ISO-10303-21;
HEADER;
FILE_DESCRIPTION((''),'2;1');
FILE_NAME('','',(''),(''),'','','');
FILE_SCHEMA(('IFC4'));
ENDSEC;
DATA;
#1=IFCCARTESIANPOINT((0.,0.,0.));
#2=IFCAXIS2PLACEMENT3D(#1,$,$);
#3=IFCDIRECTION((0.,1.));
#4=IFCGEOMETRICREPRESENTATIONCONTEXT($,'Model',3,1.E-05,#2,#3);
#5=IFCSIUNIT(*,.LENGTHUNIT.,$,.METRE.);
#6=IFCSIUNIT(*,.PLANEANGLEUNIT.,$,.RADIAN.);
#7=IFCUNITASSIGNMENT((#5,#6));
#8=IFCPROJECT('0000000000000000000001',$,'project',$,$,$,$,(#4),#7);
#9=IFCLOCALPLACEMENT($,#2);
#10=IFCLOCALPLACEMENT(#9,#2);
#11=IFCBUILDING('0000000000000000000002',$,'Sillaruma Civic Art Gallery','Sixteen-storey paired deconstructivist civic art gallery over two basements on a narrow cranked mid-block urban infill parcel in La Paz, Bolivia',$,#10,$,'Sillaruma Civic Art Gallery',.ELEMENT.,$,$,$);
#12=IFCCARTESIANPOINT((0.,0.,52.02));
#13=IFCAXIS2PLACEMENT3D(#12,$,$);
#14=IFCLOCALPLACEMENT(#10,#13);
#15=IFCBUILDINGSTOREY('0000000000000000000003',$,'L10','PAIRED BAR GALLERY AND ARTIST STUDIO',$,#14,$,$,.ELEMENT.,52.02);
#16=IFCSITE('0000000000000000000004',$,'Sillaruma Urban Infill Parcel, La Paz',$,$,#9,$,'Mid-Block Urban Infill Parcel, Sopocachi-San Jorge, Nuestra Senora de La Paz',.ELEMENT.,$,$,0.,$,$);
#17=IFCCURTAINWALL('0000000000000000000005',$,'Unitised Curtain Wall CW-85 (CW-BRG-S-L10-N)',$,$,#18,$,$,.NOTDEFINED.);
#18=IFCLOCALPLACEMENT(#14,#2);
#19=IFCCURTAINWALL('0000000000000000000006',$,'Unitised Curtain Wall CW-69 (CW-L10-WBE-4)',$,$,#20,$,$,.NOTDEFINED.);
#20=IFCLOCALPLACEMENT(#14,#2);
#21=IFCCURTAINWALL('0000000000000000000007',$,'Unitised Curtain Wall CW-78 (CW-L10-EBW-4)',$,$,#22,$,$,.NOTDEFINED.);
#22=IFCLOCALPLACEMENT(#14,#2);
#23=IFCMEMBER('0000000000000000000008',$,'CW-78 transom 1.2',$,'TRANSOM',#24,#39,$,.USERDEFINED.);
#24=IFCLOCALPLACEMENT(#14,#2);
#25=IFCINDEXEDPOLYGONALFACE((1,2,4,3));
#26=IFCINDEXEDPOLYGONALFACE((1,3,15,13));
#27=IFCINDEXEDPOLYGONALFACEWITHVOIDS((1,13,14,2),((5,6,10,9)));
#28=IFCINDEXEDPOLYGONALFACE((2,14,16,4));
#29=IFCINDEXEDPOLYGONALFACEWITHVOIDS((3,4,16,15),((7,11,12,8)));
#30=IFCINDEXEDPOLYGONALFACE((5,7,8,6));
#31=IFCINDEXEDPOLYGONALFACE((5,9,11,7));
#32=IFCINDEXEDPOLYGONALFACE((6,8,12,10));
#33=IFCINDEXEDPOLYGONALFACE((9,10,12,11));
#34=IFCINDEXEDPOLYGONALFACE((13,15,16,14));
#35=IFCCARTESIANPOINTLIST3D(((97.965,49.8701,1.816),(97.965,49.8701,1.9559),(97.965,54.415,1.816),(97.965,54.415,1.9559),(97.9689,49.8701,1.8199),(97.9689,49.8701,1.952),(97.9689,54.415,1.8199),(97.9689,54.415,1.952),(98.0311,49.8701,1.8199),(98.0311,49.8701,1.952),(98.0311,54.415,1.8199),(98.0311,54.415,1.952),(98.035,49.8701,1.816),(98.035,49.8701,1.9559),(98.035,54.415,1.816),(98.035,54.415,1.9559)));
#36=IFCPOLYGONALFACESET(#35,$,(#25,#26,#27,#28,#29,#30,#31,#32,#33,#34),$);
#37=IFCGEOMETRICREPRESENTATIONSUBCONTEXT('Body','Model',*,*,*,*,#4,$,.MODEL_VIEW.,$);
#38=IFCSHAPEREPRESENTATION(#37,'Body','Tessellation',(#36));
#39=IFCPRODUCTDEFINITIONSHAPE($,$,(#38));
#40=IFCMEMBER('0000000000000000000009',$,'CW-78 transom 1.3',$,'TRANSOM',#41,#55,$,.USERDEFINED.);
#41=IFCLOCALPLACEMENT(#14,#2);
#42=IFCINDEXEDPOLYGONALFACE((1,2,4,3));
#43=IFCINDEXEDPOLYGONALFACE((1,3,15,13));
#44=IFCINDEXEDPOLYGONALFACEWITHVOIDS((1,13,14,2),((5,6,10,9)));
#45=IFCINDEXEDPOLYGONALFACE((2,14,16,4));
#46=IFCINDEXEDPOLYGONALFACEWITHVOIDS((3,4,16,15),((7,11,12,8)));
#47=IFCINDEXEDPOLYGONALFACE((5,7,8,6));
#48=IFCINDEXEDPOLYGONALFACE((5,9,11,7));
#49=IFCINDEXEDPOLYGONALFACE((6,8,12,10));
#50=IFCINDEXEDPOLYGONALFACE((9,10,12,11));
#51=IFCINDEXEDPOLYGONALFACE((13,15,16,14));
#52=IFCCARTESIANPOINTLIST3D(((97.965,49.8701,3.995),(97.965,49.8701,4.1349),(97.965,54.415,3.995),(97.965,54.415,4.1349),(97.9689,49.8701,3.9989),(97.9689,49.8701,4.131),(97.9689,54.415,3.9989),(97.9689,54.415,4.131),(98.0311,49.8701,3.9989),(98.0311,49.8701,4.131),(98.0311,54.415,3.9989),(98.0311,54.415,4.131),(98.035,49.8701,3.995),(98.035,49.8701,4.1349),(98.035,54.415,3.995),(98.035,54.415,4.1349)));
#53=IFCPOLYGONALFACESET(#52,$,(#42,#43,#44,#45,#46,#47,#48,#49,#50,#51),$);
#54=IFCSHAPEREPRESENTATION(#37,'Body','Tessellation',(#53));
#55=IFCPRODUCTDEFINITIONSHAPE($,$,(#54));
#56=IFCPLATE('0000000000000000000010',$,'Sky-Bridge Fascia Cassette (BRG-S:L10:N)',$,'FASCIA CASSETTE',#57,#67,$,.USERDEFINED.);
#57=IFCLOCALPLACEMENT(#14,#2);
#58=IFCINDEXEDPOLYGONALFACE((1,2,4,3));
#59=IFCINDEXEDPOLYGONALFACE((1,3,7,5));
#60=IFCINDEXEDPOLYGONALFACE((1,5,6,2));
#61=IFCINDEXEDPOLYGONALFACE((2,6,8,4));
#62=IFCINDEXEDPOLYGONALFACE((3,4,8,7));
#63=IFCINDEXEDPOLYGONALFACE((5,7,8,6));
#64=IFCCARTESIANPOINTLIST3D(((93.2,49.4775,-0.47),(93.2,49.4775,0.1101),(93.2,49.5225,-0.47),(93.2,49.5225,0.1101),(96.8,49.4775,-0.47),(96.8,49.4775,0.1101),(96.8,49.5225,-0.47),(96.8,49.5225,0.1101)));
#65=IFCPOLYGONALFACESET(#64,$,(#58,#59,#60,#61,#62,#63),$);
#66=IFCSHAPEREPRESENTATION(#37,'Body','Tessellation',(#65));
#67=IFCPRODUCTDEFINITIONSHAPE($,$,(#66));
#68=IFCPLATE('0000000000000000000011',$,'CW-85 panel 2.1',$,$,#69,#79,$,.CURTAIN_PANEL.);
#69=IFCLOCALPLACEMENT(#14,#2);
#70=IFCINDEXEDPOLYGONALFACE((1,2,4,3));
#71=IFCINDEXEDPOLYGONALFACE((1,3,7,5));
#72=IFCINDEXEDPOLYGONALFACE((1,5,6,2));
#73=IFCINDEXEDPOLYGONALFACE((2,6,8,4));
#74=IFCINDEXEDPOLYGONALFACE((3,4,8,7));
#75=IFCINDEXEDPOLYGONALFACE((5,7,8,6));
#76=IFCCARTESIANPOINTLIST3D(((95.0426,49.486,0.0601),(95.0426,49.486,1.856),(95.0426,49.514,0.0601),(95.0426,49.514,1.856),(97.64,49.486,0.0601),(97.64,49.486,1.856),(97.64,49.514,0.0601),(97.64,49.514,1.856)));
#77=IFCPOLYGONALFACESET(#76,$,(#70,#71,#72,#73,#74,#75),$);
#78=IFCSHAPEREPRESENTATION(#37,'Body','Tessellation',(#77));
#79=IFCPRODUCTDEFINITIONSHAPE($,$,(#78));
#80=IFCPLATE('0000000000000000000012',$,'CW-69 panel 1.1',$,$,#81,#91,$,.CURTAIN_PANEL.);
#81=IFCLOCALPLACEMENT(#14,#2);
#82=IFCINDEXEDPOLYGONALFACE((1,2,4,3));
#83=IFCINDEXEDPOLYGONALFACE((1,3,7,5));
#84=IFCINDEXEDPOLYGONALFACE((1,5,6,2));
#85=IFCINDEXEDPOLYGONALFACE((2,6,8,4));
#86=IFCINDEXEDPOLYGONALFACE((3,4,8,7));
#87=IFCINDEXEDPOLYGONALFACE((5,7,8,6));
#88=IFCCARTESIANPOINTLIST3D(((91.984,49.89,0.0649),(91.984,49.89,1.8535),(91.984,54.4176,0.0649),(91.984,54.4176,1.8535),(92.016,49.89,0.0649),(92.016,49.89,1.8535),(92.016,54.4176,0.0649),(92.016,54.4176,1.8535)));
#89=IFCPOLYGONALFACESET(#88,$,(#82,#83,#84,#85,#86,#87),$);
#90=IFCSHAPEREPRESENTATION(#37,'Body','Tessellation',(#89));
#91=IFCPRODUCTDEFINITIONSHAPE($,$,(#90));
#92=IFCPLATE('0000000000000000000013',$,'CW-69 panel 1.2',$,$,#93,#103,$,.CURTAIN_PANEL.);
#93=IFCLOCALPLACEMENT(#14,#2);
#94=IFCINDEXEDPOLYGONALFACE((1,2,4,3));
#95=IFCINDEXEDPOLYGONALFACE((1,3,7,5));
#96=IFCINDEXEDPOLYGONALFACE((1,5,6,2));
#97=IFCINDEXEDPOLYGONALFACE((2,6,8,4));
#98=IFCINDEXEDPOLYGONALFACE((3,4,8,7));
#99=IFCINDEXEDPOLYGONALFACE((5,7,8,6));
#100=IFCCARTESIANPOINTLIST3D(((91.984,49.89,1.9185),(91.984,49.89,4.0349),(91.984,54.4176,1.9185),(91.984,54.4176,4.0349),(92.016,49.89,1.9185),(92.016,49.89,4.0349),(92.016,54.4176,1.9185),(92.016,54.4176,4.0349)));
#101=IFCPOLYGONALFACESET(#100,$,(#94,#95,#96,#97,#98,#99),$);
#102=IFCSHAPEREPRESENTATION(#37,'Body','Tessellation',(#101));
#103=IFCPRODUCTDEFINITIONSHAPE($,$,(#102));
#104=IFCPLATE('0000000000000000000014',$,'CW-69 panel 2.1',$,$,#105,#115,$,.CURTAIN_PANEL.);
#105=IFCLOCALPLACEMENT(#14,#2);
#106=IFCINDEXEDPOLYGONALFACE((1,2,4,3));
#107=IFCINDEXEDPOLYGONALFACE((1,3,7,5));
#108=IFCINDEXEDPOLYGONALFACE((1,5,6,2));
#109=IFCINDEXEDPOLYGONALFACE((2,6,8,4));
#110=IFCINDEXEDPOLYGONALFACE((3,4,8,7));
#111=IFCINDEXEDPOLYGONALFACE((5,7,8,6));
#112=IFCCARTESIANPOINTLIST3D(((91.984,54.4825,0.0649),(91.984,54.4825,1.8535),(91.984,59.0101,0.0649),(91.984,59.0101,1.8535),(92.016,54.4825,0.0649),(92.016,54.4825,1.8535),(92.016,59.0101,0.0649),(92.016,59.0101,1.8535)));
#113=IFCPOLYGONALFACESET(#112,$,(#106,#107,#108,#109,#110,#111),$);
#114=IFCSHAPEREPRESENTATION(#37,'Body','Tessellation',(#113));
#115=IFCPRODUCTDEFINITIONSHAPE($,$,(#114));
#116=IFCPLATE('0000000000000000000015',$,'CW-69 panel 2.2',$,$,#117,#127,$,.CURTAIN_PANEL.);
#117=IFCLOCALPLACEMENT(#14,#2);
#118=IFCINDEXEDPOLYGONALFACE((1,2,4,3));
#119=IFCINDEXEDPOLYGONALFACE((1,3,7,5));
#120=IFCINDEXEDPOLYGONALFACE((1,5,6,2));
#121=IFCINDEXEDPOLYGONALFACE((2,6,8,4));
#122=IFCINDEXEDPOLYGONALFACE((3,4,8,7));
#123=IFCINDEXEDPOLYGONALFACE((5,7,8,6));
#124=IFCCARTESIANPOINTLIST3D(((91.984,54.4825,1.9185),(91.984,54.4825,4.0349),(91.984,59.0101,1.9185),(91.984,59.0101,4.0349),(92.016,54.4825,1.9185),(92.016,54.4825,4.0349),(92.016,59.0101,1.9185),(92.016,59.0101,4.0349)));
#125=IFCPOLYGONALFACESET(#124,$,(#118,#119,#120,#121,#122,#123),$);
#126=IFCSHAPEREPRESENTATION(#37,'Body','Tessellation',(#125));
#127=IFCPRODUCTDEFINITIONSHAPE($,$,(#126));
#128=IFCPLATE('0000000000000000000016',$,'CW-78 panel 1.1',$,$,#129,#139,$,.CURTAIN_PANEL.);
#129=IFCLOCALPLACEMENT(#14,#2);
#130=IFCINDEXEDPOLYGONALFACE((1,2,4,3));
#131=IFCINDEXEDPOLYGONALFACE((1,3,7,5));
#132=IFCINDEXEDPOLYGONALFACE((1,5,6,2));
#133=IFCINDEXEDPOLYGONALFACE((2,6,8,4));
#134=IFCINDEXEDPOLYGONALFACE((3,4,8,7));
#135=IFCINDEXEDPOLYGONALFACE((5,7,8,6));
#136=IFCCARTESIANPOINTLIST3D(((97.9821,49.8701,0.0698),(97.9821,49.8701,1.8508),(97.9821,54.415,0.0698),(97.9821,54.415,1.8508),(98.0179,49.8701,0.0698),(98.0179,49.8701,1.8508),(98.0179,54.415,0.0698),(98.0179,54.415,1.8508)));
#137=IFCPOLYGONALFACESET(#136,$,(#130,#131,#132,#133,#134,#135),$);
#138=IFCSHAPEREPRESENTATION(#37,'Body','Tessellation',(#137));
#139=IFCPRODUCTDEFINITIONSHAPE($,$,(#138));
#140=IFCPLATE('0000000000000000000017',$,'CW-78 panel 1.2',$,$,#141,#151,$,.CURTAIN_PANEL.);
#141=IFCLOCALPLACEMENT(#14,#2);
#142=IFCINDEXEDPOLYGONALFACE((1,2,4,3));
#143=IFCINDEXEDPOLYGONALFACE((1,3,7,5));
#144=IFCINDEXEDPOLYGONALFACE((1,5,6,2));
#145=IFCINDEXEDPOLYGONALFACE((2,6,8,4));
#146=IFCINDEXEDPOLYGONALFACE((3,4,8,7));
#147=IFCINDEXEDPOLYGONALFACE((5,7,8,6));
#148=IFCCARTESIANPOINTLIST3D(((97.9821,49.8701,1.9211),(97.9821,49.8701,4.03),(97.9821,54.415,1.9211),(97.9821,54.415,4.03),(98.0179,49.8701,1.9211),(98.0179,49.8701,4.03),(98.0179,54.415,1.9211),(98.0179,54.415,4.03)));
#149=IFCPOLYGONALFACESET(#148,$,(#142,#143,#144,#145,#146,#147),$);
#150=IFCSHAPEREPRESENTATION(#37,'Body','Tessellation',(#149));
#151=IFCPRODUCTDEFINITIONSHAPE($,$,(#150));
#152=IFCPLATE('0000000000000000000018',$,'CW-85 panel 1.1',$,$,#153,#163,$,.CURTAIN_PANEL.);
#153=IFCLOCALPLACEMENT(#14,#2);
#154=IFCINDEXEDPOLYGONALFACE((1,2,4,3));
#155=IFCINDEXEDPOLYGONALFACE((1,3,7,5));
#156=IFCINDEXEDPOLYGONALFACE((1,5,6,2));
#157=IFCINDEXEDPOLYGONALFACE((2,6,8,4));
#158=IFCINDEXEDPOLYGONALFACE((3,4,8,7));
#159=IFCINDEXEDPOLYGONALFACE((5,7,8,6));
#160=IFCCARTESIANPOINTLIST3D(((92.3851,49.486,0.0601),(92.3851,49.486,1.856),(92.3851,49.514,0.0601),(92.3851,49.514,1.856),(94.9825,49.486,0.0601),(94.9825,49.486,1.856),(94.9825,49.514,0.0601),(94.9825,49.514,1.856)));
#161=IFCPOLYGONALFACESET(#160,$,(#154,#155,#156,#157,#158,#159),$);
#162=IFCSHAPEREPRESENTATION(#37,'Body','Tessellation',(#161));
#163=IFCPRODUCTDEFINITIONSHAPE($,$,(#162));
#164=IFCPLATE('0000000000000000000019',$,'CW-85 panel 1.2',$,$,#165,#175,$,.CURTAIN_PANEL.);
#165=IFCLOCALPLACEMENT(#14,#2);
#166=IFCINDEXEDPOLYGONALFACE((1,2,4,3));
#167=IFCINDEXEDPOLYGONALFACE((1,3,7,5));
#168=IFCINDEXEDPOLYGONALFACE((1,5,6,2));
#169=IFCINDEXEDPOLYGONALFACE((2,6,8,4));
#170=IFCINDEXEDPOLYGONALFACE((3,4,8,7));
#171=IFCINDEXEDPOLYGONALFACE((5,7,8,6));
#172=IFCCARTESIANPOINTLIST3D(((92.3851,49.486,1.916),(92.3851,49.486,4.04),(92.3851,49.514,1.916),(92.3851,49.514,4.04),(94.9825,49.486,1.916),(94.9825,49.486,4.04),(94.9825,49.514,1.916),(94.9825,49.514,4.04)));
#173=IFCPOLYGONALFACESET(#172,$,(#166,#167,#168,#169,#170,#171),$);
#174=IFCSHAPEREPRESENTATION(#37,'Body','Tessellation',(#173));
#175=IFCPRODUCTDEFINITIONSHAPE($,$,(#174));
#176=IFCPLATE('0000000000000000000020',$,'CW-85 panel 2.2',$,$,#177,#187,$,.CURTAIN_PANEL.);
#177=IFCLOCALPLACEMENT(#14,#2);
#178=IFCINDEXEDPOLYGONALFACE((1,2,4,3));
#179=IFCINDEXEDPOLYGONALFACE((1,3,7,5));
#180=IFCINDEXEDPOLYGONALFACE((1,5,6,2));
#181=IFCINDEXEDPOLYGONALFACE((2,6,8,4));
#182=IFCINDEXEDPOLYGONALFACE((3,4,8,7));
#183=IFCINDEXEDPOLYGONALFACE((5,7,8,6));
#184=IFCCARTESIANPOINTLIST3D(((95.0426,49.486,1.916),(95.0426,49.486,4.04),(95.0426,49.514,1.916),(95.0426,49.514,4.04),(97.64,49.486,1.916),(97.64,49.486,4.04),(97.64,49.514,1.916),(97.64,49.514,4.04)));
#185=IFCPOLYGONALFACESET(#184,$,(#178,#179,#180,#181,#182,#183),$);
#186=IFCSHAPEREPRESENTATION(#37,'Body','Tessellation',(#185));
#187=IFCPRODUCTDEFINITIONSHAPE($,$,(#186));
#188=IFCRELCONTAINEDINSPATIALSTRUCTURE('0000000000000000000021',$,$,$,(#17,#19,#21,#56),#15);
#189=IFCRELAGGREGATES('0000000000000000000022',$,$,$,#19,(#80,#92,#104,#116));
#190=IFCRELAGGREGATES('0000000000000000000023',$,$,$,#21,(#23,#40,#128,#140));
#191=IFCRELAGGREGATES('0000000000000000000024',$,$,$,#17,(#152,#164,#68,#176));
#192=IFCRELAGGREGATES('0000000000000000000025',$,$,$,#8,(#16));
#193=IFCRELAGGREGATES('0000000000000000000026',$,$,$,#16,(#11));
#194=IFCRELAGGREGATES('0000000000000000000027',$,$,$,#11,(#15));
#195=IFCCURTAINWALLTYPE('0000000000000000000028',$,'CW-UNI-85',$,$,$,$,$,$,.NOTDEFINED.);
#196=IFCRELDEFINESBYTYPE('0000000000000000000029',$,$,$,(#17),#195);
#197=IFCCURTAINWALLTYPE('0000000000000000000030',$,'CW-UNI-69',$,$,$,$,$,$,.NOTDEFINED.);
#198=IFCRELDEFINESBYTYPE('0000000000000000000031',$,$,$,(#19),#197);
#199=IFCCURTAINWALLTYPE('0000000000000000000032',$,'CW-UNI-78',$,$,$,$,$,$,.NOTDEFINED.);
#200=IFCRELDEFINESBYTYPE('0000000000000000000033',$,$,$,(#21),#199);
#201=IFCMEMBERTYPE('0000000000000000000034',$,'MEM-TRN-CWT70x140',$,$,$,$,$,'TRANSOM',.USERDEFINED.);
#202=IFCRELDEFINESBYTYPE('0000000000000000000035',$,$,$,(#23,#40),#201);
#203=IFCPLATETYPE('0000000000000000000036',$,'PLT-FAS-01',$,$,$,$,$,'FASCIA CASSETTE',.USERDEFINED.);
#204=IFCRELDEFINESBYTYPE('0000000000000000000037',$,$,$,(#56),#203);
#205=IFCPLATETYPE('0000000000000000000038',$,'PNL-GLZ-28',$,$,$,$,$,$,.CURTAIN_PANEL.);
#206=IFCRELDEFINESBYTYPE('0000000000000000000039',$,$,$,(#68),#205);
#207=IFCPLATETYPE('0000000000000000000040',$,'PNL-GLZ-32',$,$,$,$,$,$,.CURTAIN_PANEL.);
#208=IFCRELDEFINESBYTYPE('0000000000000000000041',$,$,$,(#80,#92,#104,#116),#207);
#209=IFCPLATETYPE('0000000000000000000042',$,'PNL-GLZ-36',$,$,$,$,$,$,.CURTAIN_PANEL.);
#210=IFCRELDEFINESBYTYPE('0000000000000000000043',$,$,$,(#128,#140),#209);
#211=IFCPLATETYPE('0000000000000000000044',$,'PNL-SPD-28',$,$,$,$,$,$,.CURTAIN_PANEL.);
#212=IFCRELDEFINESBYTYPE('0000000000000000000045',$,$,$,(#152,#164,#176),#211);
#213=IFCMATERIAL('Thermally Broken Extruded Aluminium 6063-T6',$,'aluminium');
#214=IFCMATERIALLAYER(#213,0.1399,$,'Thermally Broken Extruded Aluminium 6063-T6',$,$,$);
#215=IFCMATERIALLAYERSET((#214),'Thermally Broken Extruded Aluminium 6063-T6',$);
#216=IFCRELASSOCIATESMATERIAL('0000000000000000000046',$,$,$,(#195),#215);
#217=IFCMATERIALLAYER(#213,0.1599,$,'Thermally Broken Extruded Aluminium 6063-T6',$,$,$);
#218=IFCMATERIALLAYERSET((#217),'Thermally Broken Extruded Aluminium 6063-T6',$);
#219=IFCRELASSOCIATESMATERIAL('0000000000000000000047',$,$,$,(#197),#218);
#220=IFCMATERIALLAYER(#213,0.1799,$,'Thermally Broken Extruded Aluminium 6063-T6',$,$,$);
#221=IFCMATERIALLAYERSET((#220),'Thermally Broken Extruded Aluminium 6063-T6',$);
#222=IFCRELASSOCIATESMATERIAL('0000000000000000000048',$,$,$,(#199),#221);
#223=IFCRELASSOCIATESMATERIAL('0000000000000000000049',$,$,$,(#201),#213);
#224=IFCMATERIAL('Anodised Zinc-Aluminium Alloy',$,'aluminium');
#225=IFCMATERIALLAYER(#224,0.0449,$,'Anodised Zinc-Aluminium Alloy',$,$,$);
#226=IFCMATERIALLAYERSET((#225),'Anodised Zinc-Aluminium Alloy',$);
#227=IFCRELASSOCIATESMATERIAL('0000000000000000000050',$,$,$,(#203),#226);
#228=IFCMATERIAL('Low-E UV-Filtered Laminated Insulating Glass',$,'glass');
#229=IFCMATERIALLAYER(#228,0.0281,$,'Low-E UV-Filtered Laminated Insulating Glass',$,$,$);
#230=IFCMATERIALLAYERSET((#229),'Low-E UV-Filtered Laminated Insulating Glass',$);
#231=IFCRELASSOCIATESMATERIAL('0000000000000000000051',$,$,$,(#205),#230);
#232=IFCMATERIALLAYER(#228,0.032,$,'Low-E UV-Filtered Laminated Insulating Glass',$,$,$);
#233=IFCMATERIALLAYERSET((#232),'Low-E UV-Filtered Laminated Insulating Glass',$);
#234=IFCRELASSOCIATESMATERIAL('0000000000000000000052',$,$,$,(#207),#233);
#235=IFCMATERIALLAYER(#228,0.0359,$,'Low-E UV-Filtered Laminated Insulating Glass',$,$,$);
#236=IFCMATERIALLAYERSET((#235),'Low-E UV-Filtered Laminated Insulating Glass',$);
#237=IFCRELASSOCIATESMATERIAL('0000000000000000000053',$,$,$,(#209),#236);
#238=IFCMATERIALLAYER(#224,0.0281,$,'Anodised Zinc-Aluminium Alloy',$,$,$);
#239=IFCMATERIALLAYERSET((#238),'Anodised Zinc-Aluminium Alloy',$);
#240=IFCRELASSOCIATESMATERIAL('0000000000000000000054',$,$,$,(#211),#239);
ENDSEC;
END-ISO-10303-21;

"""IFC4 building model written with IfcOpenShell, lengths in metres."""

from ifc_helpers import new_model, si_unit, direction, frame, origin, origin_2d, place, context, subcontext, project, spatial, rectangle, hollow_rectangle, extrude, material, layer, layer_set, material_profile, profile_set, type_object, element, aggregate, save


model = new_model("IFC4")

# Units and contexts
model_context = context("Model", 3, precision=1e-05, world=origin(), true_north=direction((0.0, 1.0)))
body_context = subcontext(model_context, "Body", "Model", "MODEL_VIEW")
ifc_project = project(units=[si_unit("LENGTHUNIT", "METRE"), si_unit("PLANEANGLEUNIT", "RADIAN")], contexts=[model_context])

# Site, building, storey
site_placement = place(None, origin())
site = spatial("IfcSite", under=ifc_project, at=site_placement, Name="Sillaruma Urban Infill Parcel, La Paz", LongName="Mid-Block Urban Infill Parcel, Sopocachi-San Jorge, Nuestra Senora de La Paz", CompositionType="ELEMENT", RefElevation=0.0)
building_placement = place(site_placement, origin())
building = spatial("IfcBuilding", under=site, at=building_placement, Name="Sillaruma Civic Art Gallery", Description="Sixteen-storey paired deconstructivist civic art gallery over two basements on a narrow cranked mid-block urban infill parcel in La Paz, Bolivia", LongName="Sillaruma Civic Art Gallery", CompositionType="ELEMENT")
storey_placement = place(building_placement, frame((0.0, 0.0, 52.02)))
storey = spatial("IfcBuildingStorey", under=building, at=storey_placement, Name="L10", Description="PAIRED BAR GALLERY AND ARTIST STUDIO", CompositionType="ELEMENT", Elevation=52.02)

# Curtain walls
ifc_material_1 = material(Name="Thermally Broken Extruded Aluminium 6063-T6", Category="aluminium")
ifc_layer_1 = layer(ifc_material_1, 0.1399, Name="Thermally Broken Extruded Aluminium 6063-T6")
ifc_layer_set_1 = layer_set([ifc_layer_1], Name="Thermally Broken Extruded Aluminium 6063-T6")
curtain_wall_type_1 = type_object("IfcCurtainWallType", Name="CW-UNI-85", PredefinedType="NOTDEFINED", material=ifc_layer_set_1)
curtain_wall_1_placement = place(storey_placement, origin())
curtain_wall_1 = element("IfcCurtainWall", 1, at=curtain_wall_1_placement, inside=storey, type_object=curtain_wall_type_1, Name="Unitised Curtain Wall CW-85 (CW-BRG-S-L10-N)", PredefinedType="NOTDEFINED")
ifc_layer_2 = layer(ifc_material_1, 0.1599, Name="Thermally Broken Extruded Aluminium 6063-T6")
ifc_layer_set_2 = layer_set([ifc_layer_2], Name="Thermally Broken Extruded Aluminium 6063-T6")
curtain_wall_type_2 = type_object("IfcCurtainWallType", Name="CW-UNI-69", PredefinedType="NOTDEFINED", material=ifc_layer_set_2)
curtain_wall_2_placement = place(storey_placement, origin())
curtain_wall_2 = element("IfcCurtainWall", 2, at=curtain_wall_2_placement, inside=storey, type_object=curtain_wall_type_2, Name="Unitised Curtain Wall CW-69 (CW-L10-WBE-4)", PredefinedType="NOTDEFINED")
ifc_layer_3 = layer(ifc_material_1, 0.1799, Name="Thermally Broken Extruded Aluminium 6063-T6")
ifc_layer_set_3 = layer_set([ifc_layer_3], Name="Thermally Broken Extruded Aluminium 6063-T6")
curtain_wall_type_3 = type_object("IfcCurtainWallType", Name="CW-UNI-78", PredefinedType="NOTDEFINED", material=ifc_layer_set_3)
curtain_wall_3_placement = place(storey_placement, origin())
curtain_wall_3 = element("IfcCurtainWall", 3, at=curtain_wall_3_placement, inside=storey, type_object=curtain_wall_type_3, Name="Unitised Curtain Wall CW-78 (CW-L10-EBW-4)", PredefinedType="NOTDEFINED")

# Members
ifc_material_profile_1 = material_profile(ifc_material_1, hollow_rectangle(XDim=0.0701, YDim=0.1399, WallThickness=0.0039, at=origin_2d()), Name="CWT70x140")
ifc_profile_set_1 = profile_set([ifc_material_profile_1], Name="Thermally Broken Extruded Aluminium 6063-T6")
member_type_1 = type_object("IfcMemberType", Name="MEM-TRN-CWT70x140", ElementType="TRANSOM", PredefinedType="USERDEFINED", material=ifc_profile_set_1)
member_1_placement = place(storey_placement, frame((98.0, 49.8701, 1.886), z_axis=(0.0, 1.0, 0.0), x_axis=(-1.0, 0.0, 0.0)))
member_1 = element("IfcMember", 4, at=member_1_placement, type_object=member_type_1, Name="CW-78 transom 1.2", ObjectType="TRANSOM", PredefinedType="USERDEFINED", context=body_context, shape_type="SweptSolid", body=[
    extrude(hollow_rectangle(XDim=0.0701, YDim=0.1399, WallThickness=0.0039, at=origin_2d()), origin(), (0.0, 0.0, 1.0), 4.5449),
])
member_2_placement = place(storey_placement, frame((98.0, 49.8701, 4.0649), z_axis=(0.0, 1.0, 0.0), x_axis=(-1.0, 0.0, 0.0)))
member_2 = element("IfcMember", 5, at=member_2_placement, type_object=member_type_1, Name="CW-78 transom 1.3", ObjectType="TRANSOM", PredefinedType="USERDEFINED", context=body_context, shape_type="SweptSolid", body=[
    extrude(hollow_rectangle(XDim=0.0701, YDim=0.1399, WallThickness=0.0039, at=origin_2d()), origin(), (0.0, 0.0, 1.0), 4.5449),
])

# Plates
ifc_material_2 = material(Name="Anodised Zinc-Aluminium Alloy", Category="aluminium")
ifc_layer_4 = layer(ifc_material_2, 0.0449, Name="Anodised Zinc-Aluminium Alloy")
ifc_layer_set_4 = layer_set([ifc_layer_4], Name="Anodised Zinc-Aluminium Alloy")
plate_type_1 = type_object("IfcPlateType", Name="PLT-FAS-01", ElementType="FASCIA CASSETTE", PredefinedType="USERDEFINED", material=ifc_layer_set_4)
plate_1_placement = place(storey_placement, frame((95.0, 49.5, -0.47), z_axis=(0.0, 0.0, 1.0), x_axis=(1.0, 0.0, 0.0)))
element("IfcPlate", 6, at=plate_1_placement, inside=storey, type_object=plate_type_1, Name="Sky-Bridge Fascia Cassette (BRG-S:L10:N)", ObjectType="FASCIA CASSETTE", PredefinedType="USERDEFINED", context=body_context, shape_type="SweptSolid", body=[
    extrude(rectangle(XDim=3.6001, YDim=0.0449, at=origin_2d()), origin(), (0.0, 0.0, 1.0), 0.5801),
])
ifc_material_3 = material(Name="Low-E UV-Filtered Laminated Insulating Glass", Category="glass")
ifc_layer_5 = layer(ifc_material_3, 0.0281, Name="Low-E UV-Filtered Laminated Insulating Glass")
ifc_layer_set_5 = layer_set([ifc_layer_5], Name="Low-E UV-Filtered Laminated Insulating Glass")
plate_type_2 = type_object("IfcPlateType", Name="PNL-GLZ-28", PredefinedType="CURTAIN_PANEL", material=ifc_layer_set_5)
plate_2_placement = place(storey_placement, frame((96.3413, 49.5, 0.0601), z_axis=(0.0, 0.0, 1.0), x_axis=(1.0, 0.0, 0.0)))
plate_2 = element("IfcPlate", 7, at=plate_2_placement, type_object=plate_type_2, Name="CW-85 panel 2.1", PredefinedType="CURTAIN_PANEL", context=body_context, shape_type="SweptSolid", body=[
    extrude(rectangle(XDim=2.5974, YDim=0.0281, at=origin_2d()), origin(), (0.0, 0.0, 1.0), 1.7959),
])
ifc_layer_6 = layer(ifc_material_3, 0.032, Name="Low-E UV-Filtered Laminated Insulating Glass")
ifc_layer_set_6 = layer_set([ifc_layer_6], Name="Low-E UV-Filtered Laminated Insulating Glass")
plate_type_3 = type_object("IfcPlateType", Name="PNL-GLZ-32", PredefinedType="CURTAIN_PANEL", material=ifc_layer_set_6)
plate_3_placement = place(storey_placement, frame((92.0, 52.1538, 0.0649), z_axis=(0.0, 0.0, 1.0), x_axis=(0.0, 1.0, 0.0)))
plate_3 = element("IfcPlate", 8, at=plate_3_placement, type_object=plate_type_3, Name="CW-69 panel 1.1", PredefinedType="CURTAIN_PANEL", context=body_context, shape_type="SweptSolid", body=[
    extrude(rectangle(XDim=4.5276, YDim=0.032, at=origin_2d()), origin(), (0.0, 0.0, 1.0), 1.7886),
])
plate_4_placement = place(storey_placement, frame((92.0, 52.1538, 1.9185), z_axis=(0.0, 0.0, 1.0), x_axis=(0.0, 1.0, 0.0)))
plate_4 = element("IfcPlate", 9, at=plate_4_placement, type_object=plate_type_3, Name="CW-69 panel 1.2", PredefinedType="CURTAIN_PANEL", context=body_context, shape_type="SweptSolid", body=[
    extrude(rectangle(XDim=4.5276, YDim=0.032, at=origin_2d()), origin(), (0.0, 0.0, 1.0), 2.1165),
])
plate_5_placement = place(storey_placement, frame((92.0, 56.7463, 0.0649), z_axis=(0.0, 0.0, 1.0), x_axis=(0.0, 1.0, 0.0)))
plate_5 = element("IfcPlate", 10, at=plate_5_placement, type_object=plate_type_3, Name="CW-69 panel 2.1", PredefinedType="CURTAIN_PANEL", context=body_context, shape_type="SweptSolid", body=[
    extrude(rectangle(XDim=4.5276, YDim=0.032, at=origin_2d()), origin(), (0.0, 0.0, 1.0), 1.7886),
])
plate_6_placement = place(storey_placement, frame((92.0, 56.7463, 1.9185), z_axis=(0.0, 0.0, 1.0), x_axis=(0.0, 1.0, 0.0)))
plate_6 = element("IfcPlate", 11, at=plate_6_placement, type_object=plate_type_3, Name="CW-69 panel 2.2", PredefinedType="CURTAIN_PANEL", context=body_context, shape_type="SweptSolid", body=[
    extrude(rectangle(XDim=4.5276, YDim=0.032, at=origin_2d()), origin(), (0.0, 0.0, 1.0), 2.1165),
])
aggregate(curtain_wall_2, [plate_3, plate_4, plate_5, plate_6])
ifc_layer_7 = layer(ifc_material_3, 0.0359, Name="Low-E UV-Filtered Laminated Insulating Glass")
ifc_layer_set_7 = layer_set([ifc_layer_7], Name="Low-E UV-Filtered Laminated Insulating Glass")
plate_type_4 = type_object("IfcPlateType", Name="PNL-GLZ-36", PredefinedType="CURTAIN_PANEL", material=ifc_layer_set_7)
plate_7_placement = place(storey_placement, frame((98.0, 52.1426, 0.0698), z_axis=(0.0, 0.0, 1.0), x_axis=(0.0, 1.0, 0.0)))
plate_7 = element("IfcPlate", 12, at=plate_7_placement, type_object=plate_type_4, Name="CW-78 panel 1.1", PredefinedType="CURTAIN_PANEL", context=body_context, shape_type="SweptSolid", body=[
    extrude(rectangle(XDim=4.5449, YDim=0.0359, at=origin_2d()), origin(), (0.0, 0.0, 1.0), 1.781),
])
plate_8_placement = place(storey_placement, frame((98.0, 52.1426, 1.9211), z_axis=(0.0, 0.0, 1.0), x_axis=(0.0, 1.0, 0.0)))
plate_8 = element("IfcPlate", 13, at=plate_8_placement, type_object=plate_type_4, Name="CW-78 panel 1.2", PredefinedType="CURTAIN_PANEL", context=body_context, shape_type="SweptSolid", body=[
    extrude(rectangle(XDim=4.5449, YDim=0.0359, at=origin_2d()), origin(), (0.0, 0.0, 1.0), 2.1089),
])
aggregate(curtain_wall_3, [member_1, member_2, plate_7, plate_8])
ifc_layer_8 = layer(ifc_material_2, 0.0281, Name="Anodised Zinc-Aluminium Alloy")
ifc_layer_set_8 = layer_set([ifc_layer_8], Name="Anodised Zinc-Aluminium Alloy")
plate_type_5 = type_object("IfcPlateType", Name="PNL-SPD-28", PredefinedType="CURTAIN_PANEL", material=ifc_layer_set_8)
plate_9_placement = place(storey_placement, frame((93.6838, 49.5, 0.0601), z_axis=(0.0, 0.0, 1.0), x_axis=(1.0, 0.0, 0.0)))
plate_9 = element("IfcPlate", 14, at=plate_9_placement, type_object=plate_type_5, Name="CW-85 panel 1.1", PredefinedType="CURTAIN_PANEL", context=body_context, shape_type="SweptSolid", body=[
    extrude(rectangle(XDim=2.5974, YDim=0.0281, at=origin_2d()), origin(), (0.0, 0.0, 1.0), 1.7959),
])
plate_10_placement = place(storey_placement, frame((93.6838, 49.5, 1.916), z_axis=(0.0, 0.0, 1.0), x_axis=(1.0, 0.0, 0.0)))
plate_10 = element("IfcPlate", 15, at=plate_10_placement, type_object=plate_type_5, Name="CW-85 panel 1.2", PredefinedType="CURTAIN_PANEL", context=body_context, shape_type="SweptSolid", body=[
    extrude(rectangle(XDim=2.5974, YDim=0.0281, at=origin_2d()), origin(), (0.0, 0.0, 1.0), 2.124),
])
plate_11_placement = place(storey_placement, frame((96.3413, 49.5, 1.916), z_axis=(0.0, 0.0, 1.0), x_axis=(1.0, 0.0, 0.0)))
plate_11 = element("IfcPlate", 16, at=plate_11_placement, type_object=plate_type_5, Name="CW-85 panel 2.2", PredefinedType="CURTAIN_PANEL", context=body_context, shape_type="SweptSolid", body=[
    extrude(rectangle(XDim=2.5974, YDim=0.0281, at=origin_2d()), origin(), (0.0, 0.0, 1.0), 2.124),
])
aggregate(curtain_wall_1, [plate_9, plate_10, plate_2, plate_11])

save(model, "model.ifc")
